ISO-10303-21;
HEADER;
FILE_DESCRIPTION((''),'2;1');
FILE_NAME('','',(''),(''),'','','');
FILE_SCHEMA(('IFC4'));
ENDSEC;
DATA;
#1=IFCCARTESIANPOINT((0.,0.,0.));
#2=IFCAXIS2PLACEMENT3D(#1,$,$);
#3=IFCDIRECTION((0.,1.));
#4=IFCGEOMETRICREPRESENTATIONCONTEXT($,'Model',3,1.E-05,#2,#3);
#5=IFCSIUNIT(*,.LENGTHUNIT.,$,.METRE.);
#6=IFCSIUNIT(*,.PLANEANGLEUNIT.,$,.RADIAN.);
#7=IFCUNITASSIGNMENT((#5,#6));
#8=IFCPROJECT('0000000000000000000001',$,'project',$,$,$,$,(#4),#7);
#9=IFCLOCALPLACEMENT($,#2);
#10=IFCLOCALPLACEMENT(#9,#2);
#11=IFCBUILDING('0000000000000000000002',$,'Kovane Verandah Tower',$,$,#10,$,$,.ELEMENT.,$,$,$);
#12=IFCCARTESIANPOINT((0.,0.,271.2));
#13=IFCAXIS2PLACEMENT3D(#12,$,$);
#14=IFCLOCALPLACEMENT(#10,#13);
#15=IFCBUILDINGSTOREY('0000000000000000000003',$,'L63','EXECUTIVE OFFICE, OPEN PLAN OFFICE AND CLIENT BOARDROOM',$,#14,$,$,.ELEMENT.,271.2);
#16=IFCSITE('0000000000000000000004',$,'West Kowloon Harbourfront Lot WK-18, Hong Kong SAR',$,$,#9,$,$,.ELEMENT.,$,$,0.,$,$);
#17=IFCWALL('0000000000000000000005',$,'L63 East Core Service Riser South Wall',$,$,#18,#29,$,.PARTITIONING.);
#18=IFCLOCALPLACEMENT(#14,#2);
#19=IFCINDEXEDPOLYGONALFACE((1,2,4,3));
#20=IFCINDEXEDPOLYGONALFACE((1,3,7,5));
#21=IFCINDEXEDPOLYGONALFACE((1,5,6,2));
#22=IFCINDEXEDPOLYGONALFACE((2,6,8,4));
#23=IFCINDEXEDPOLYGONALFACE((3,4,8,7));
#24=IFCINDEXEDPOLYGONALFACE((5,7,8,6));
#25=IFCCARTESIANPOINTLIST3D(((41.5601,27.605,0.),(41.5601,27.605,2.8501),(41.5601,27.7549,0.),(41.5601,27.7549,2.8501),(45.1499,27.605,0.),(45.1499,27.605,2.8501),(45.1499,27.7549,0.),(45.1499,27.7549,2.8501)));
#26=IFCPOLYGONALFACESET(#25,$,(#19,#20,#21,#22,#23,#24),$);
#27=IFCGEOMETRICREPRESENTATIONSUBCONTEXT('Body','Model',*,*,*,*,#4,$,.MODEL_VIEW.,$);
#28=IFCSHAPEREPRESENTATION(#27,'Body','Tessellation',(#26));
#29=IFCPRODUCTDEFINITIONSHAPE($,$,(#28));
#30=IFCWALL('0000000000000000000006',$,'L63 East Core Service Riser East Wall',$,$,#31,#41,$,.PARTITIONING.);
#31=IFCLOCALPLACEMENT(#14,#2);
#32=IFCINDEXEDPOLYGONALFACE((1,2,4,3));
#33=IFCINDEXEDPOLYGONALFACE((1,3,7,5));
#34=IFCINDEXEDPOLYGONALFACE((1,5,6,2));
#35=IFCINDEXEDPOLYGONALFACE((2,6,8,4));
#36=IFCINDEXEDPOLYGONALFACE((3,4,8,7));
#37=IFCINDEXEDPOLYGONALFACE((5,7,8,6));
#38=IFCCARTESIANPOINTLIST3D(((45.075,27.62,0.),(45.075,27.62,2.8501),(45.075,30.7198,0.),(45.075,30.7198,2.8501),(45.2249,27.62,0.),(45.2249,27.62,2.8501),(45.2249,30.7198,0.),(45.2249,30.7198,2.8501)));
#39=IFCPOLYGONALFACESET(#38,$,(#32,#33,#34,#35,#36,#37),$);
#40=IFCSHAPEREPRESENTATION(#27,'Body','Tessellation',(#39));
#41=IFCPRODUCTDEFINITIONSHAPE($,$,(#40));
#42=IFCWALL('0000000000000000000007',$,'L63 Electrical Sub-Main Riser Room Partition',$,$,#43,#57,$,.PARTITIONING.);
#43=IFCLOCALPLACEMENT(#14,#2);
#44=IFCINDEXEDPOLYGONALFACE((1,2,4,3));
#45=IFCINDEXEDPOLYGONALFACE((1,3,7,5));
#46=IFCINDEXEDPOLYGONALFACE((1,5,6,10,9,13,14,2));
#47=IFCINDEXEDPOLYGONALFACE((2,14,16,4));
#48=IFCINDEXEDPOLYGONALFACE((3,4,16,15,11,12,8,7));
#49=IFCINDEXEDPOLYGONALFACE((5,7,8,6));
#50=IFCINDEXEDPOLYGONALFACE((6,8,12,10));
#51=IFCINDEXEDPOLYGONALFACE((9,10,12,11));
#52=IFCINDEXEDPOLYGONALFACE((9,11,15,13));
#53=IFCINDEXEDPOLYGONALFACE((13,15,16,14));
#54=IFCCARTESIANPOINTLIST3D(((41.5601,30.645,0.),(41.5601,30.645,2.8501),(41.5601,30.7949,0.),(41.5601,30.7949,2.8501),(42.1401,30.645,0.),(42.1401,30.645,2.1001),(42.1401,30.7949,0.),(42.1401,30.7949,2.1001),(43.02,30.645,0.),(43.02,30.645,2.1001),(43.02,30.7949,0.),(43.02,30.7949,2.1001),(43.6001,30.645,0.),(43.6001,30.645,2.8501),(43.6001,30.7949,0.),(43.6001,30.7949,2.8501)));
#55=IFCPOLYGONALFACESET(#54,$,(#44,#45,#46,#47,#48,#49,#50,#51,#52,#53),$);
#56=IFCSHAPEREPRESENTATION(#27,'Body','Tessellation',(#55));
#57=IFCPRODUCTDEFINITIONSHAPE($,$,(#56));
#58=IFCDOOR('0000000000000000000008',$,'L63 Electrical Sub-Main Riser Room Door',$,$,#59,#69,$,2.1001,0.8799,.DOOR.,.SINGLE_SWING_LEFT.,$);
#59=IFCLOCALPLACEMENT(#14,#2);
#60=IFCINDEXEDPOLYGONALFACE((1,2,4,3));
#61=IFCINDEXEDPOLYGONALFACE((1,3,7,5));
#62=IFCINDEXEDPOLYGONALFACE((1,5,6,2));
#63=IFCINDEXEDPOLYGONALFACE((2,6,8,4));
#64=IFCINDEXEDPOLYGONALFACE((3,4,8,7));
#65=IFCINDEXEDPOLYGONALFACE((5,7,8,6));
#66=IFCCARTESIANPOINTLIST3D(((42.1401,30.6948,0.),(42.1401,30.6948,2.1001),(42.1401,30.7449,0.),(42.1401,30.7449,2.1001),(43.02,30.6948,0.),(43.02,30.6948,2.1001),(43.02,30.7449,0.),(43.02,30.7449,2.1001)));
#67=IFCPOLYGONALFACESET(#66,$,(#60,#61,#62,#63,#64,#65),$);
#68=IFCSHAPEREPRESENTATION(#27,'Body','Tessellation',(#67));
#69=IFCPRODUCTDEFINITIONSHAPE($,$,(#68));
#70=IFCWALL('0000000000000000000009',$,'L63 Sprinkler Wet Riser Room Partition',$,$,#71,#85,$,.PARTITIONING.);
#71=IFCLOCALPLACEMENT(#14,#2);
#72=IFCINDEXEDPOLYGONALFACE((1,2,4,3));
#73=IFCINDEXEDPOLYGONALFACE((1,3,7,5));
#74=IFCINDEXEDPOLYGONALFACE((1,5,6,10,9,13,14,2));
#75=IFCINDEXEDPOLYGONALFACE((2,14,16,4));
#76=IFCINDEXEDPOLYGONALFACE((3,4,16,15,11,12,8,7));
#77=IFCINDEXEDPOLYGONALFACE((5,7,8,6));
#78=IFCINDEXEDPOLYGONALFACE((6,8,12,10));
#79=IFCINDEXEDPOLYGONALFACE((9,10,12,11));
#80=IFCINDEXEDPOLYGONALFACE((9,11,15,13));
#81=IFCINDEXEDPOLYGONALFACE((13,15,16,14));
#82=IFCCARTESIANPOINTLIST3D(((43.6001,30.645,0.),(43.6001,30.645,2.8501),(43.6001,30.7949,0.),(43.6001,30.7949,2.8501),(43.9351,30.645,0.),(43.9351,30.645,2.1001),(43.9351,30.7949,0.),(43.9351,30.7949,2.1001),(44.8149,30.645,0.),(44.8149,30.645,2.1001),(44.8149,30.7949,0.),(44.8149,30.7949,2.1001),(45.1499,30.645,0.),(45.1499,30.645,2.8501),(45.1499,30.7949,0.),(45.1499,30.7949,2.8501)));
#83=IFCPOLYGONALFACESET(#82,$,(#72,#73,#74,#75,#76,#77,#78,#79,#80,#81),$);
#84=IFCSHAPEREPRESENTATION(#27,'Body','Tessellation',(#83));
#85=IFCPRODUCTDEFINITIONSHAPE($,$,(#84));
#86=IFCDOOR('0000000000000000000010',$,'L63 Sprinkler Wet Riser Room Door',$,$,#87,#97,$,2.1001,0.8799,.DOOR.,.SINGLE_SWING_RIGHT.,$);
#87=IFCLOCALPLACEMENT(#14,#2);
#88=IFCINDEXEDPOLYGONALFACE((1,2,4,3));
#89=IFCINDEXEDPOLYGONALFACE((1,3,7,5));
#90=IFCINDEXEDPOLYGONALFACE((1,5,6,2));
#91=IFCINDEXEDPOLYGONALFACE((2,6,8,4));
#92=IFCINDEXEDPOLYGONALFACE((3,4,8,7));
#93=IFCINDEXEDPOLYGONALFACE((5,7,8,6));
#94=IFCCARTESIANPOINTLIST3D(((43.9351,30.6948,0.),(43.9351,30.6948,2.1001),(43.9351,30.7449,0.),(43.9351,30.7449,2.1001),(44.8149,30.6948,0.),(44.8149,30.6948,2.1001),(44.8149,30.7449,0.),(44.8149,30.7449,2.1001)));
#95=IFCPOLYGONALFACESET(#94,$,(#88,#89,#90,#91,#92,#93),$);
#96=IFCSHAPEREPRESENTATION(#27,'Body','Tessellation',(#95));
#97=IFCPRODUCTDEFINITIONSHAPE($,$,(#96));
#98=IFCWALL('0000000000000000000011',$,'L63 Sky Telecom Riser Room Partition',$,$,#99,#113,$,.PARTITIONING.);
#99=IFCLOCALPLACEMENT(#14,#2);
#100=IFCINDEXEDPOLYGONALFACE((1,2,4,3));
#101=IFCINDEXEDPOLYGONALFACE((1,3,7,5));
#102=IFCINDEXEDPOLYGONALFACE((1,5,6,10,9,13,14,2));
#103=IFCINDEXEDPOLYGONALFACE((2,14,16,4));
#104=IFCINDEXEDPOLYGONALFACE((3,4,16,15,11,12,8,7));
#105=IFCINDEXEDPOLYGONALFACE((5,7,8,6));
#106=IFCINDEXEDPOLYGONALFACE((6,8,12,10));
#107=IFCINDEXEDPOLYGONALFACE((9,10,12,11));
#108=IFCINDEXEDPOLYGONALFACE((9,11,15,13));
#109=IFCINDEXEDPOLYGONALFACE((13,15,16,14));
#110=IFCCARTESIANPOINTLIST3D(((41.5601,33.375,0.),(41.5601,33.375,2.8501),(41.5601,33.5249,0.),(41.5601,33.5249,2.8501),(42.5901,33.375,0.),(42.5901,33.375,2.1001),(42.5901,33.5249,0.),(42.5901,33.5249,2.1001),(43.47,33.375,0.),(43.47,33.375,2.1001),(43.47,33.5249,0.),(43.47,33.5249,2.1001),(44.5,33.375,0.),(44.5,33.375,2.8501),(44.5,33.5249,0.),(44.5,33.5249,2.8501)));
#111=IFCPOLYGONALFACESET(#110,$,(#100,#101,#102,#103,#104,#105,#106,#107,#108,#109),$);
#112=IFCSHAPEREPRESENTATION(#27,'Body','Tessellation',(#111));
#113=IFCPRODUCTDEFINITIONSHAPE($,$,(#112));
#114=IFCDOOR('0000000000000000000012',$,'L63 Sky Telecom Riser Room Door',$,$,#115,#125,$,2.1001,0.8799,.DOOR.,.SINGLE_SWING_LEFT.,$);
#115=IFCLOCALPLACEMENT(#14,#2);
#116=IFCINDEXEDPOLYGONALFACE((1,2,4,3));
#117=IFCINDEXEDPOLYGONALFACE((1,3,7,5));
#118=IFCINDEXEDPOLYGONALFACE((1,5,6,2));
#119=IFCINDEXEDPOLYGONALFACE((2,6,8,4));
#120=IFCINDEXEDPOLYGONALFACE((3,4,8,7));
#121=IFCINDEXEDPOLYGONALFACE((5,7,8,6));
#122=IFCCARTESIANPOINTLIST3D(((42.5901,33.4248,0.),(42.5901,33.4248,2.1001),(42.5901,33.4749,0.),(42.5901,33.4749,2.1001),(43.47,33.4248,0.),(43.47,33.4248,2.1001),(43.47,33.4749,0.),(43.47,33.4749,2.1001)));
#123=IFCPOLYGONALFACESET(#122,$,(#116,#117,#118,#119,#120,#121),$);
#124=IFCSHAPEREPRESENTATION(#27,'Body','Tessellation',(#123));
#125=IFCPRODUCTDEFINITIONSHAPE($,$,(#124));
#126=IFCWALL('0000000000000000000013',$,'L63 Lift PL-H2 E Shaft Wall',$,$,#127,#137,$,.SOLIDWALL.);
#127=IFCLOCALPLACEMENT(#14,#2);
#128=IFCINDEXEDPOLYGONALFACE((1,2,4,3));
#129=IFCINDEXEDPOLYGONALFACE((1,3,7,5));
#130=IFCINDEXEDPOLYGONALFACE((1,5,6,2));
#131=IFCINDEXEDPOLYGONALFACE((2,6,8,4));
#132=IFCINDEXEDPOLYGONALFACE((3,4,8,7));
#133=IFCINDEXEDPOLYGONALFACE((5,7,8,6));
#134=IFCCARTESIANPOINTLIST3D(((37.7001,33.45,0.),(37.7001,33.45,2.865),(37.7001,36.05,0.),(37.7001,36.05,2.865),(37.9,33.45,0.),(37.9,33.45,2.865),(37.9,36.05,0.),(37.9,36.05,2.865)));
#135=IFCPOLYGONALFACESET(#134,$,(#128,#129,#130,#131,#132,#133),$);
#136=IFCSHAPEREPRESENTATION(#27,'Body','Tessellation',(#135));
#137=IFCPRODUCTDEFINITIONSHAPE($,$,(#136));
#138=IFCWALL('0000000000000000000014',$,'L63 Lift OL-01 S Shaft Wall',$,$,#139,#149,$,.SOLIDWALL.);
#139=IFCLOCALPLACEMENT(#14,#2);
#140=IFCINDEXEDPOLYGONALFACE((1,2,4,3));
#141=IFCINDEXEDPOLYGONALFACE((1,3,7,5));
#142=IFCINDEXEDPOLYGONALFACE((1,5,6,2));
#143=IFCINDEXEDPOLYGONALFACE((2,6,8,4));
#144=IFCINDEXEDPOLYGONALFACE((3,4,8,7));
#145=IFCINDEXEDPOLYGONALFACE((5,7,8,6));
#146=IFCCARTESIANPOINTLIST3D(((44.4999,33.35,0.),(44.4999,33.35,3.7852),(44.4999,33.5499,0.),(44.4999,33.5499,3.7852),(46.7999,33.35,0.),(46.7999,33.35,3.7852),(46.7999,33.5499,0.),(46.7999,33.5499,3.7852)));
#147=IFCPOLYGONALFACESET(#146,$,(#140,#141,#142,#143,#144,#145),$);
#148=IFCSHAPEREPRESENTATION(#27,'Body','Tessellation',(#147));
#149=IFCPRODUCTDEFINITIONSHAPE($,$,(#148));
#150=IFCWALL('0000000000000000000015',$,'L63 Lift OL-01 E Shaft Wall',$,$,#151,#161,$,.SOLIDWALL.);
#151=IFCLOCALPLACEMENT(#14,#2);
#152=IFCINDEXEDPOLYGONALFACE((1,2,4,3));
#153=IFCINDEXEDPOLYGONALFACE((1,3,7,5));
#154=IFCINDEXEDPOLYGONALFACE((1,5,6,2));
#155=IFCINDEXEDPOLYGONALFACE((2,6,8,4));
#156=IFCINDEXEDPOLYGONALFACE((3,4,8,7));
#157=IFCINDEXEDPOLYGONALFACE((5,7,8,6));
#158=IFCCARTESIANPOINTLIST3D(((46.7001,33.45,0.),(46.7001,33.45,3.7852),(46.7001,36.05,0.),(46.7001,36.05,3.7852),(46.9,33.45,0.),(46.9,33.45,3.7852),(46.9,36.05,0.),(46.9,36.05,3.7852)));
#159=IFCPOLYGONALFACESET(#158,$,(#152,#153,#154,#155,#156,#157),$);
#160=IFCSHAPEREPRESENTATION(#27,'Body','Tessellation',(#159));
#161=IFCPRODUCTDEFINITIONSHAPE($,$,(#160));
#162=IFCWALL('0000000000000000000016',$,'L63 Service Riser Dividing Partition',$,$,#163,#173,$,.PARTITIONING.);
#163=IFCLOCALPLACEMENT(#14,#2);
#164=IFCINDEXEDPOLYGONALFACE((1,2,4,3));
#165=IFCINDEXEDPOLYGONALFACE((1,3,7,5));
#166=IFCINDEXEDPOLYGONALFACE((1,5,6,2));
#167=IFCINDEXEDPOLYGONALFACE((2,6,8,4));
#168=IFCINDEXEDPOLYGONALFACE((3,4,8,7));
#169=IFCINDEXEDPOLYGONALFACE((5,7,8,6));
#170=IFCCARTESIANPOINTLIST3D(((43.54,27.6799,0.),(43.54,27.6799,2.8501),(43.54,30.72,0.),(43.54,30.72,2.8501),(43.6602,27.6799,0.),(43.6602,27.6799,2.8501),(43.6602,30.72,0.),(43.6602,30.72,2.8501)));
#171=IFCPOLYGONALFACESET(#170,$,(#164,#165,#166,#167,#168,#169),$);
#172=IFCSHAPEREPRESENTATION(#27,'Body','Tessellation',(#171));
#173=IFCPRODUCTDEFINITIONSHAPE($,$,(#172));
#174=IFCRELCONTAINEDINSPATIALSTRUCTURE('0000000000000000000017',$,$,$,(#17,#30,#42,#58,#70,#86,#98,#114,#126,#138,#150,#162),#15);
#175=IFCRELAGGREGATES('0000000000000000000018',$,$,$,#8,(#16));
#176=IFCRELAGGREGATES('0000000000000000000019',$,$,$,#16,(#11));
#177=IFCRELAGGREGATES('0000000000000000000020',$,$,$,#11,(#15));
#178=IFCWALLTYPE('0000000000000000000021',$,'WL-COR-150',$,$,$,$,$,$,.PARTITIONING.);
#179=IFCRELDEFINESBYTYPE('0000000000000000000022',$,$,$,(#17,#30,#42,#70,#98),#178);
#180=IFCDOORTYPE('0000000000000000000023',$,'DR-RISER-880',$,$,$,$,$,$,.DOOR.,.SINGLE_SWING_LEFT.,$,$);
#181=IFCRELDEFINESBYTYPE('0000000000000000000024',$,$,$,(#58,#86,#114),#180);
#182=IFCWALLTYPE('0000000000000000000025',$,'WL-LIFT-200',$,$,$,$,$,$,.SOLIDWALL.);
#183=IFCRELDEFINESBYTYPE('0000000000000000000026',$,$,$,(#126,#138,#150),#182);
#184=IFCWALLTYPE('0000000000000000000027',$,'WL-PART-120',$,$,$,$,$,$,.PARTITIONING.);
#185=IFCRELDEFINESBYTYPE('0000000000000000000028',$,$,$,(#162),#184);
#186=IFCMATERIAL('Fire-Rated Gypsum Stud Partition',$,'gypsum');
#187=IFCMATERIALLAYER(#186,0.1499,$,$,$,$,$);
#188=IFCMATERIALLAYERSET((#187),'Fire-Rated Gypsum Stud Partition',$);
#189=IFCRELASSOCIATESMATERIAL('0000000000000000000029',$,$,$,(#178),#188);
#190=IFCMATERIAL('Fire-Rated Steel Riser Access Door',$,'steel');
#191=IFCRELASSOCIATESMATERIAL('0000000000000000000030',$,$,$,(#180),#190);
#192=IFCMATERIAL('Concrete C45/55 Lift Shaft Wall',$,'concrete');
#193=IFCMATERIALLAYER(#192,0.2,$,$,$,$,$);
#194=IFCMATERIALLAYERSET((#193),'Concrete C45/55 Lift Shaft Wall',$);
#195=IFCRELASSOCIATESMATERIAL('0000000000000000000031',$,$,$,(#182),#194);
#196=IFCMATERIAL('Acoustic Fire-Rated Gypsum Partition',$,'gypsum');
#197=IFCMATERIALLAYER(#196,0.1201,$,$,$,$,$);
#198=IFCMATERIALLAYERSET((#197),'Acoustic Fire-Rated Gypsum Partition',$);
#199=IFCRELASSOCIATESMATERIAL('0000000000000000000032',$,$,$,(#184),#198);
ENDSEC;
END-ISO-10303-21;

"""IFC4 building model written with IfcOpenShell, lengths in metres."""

from ifc_helpers import new_model, si_unit, direction, frame, frame_2d, origin, place, context, subcontext, project, spatial, rectangle, extrude, material, layer, layer_set, type_object, element, fill, save


model = new_model("IFC4")

# Units and contexts
model_context = context("Model", 3, precision=1e-05, world=origin(), true_north=direction((0.0, 1.0)))
body_context = subcontext(model_context, "Body", "Model", "MODEL_VIEW")
ifc_project = project(units=[si_unit("LENGTHUNIT", "METRE"), si_unit("PLANEANGLEUNIT", "RADIAN")], contexts=[model_context])

# Site, building, storey
site_placement = place(None, origin())
site = spatial("IfcSite", under=ifc_project, at=site_placement, Name="West Kowloon Harbourfront Lot WK-18, Hong Kong SAR", CompositionType="ELEMENT", RefElevation=0.0)
building_placement = place(site_placement, origin())
building = spatial("IfcBuilding", under=site, at=building_placement, Name="Kovane Verandah Tower", CompositionType="ELEMENT")
storey_placement = place(building_placement, frame((0.0, 0.0, 271.2)))
storey = spatial("IfcBuildingStorey", under=building, at=storey_placement, Name="L63", Description="EXECUTIVE OFFICE, OPEN PLAN OFFICE AND CLIENT BOARDROOM", CompositionType="ELEMENT", Elevation=271.2)

# Walls
ifc_material_1 = material(Name="Fire-Rated Gypsum Stud Partition", Category="gypsum")
ifc_layer_1 = layer(ifc_material_1, 0.1499)
ifc_layer_set_1 = layer_set([ifc_layer_1], Name="Fire-Rated Gypsum Stud Partition")
wall_type_1 = type_object("IfcWallType", Name="WL-COR-150", PredefinedType="PARTITIONING", material=ifc_layer_set_1)
wall_1_placement = place(storey_placement, frame((41.5601, 27.6799, 0.0), z_axis=(0.0, 0.0, 1.0), x_axis=(1.0, 0.0, 0.0)))
element("IfcWall", 1, at=wall_1_placement, inside=storey, type_object=wall_type_1, Name="L63 East Core Service Riser South Wall", PredefinedType="PARTITIONING", context=body_context, shape_type="SweptSolid", body=[
    extrude(rectangle(XDim=3.5898, YDim=0.1499, at=frame_2d((1.7949, 0.0))), origin(), (0.0, 0.0, 1.0), 2.8501),
])
wall_2_placement = place(storey_placement, frame((45.1499, 27.6201, 0.0), z_axis=(0.0, 0.0, 1.0), x_axis=(0.0, 1.0, 0.0)))
element("IfcWall", 2, at=wall_2_placement, inside=storey, type_object=wall_type_1, Name="L63 East Core Service Riser East Wall", PredefinedType="PARTITIONING", context=body_context, shape_type="SweptSolid", body=[
    extrude(rectangle(XDim=3.0999, YDim=0.1499, at=frame_2d((1.5498, 0.0))), origin(), (0.0, 0.0, 1.0), 2.8501),
])

# Walls, openings, doors
wall_3_placement = place(storey_placement, frame((41.5601, 30.72, 0.0), z_axis=(0.0, 0.0, 1.0), x_axis=(1.0, 0.0, 0.0)))
wall_3 = element("IfcWall", 3, at=wall_3_placement, inside=storey, type_object=wall_type_1, Name="L63 Electrical Sub-Main Riser Room Partition", PredefinedType="PARTITIONING", context=body_context, shape_type="SweptSolid", body=[
    extrude(rectangle(XDim=2.04, YDim=0.1499, at=frame_2d((1.02, 0.0))), origin(), (0.0, 0.0, 1.0), 2.8501),
])
opening_1_placement = place(wall_3_placement, frame((0.5801, 0.0, 0.0)))
opening_1 = element("IfcOpeningElement", 4, at=opening_1_placement, cuts=wall_3, PredefinedType="OPENING", context=body_context, shape_type="SweptSolid", body=[
    extrude(rectangle(XDim=0.8799, YDim=2.1001, at=frame_2d((0.4399, 1.05))), frame((0.0, 0.075, 0.0), z_axis=(0.0, -1.0, 0.0), x_axis=(1.0, 0.0, 0.0)), (0.0, 0.0, 1.0), 0.1499),
])
ifc_material_2 = material(Name="Fire-Rated Steel Riser Access Door", Category="steel")
door_type_1 = type_object("IfcDoorType", Name="DR-RISER-880", OperationType="SINGLE_SWING_LEFT", PredefinedType="DOOR", material=ifc_material_2)
door_1_placement = place(opening_1_placement, origin())
door_1 = element("IfcDoor", 5, at=door_1_placement, inside=storey, type_object=door_type_1, Name="L63 Electrical Sub-Main Riser Room Door", OperationType="SINGLE_SWING_LEFT", OverallHeight=2.1001, OverallWidth=0.8799, PredefinedType="DOOR", context=body_context, shape_type="SweptSolid", body=[
    extrude(rectangle(XDim=0.8799, YDim=2.1001, at=frame_2d((0.4399, 1.05))), frame((0.0, 0.0249, 0.0), z_axis=(0.0, -1.0, 0.0), x_axis=(1.0, 0.0, 0.0)), (0.0, 0.0, 1.0), 0.05),
])
fill(opening_1, door_1)
wall_4_placement = place(storey_placement, frame((43.6001, 30.72, 0.0), z_axis=(0.0, 0.0, 1.0), x_axis=(1.0, 0.0, 0.0)))
wall_4 = element("IfcWall", 6, at=wall_4_placement, inside=storey, type_object=wall_type_1, Name="L63 Sprinkler Wet Riser Room Partition", PredefinedType="PARTITIONING", context=body_context, shape_type="SweptSolid", body=[
    extrude(rectangle(XDim=1.5498, YDim=0.1499, at=frame_2d((0.7749, 0.0))), origin(), (0.0, 0.0, 1.0), 2.8501),
])
opening_2_placement = place(wall_4_placement, frame((0.335, 0.0, 0.0)))
opening_2 = element("IfcOpeningElement", 7, at=opening_2_placement, cuts=wall_4, PredefinedType="OPENING", context=body_context, shape_type="SweptSolid", body=[
    extrude(rectangle(XDim=0.8799, YDim=2.1001, at=frame_2d((0.4399, 1.05))), frame((0.0, 0.075, 0.0), z_axis=(0.0, -1.0, 0.0), x_axis=(1.0, 0.0, 0.0)), (0.0, 0.0, 1.0), 0.1499),
])
door_2_placement = place(opening_2_placement, origin())
door_2 = element("IfcDoor", 8, at=door_2_placement, inside=storey, type_object=door_type_1, Name="L63 Sprinkler Wet Riser Room Door", OperationType="SINGLE_SWING_RIGHT", OverallHeight=2.1001, OverallWidth=0.8799, PredefinedType="DOOR", context=body_context, shape_type="SweptSolid", body=[
    extrude(rectangle(XDim=0.8799, YDim=2.1001, at=frame_2d((0.4399, 1.05))), frame((0.0, 0.0249, 0.0), z_axis=(0.0, -1.0, 0.0), x_axis=(1.0, 0.0, 0.0)), (0.0, 0.0, 1.0), 0.05),
])
fill(opening_2, door_2)
wall_5_placement = place(storey_placement, frame((41.5601, 33.45, 0.0), z_axis=(0.0, 0.0, 1.0), x_axis=(1.0, 0.0, 0.0)))
wall_5 = element("IfcWall", 9, at=wall_5_placement, inside=storey, type_object=wall_type_1, Name="L63 Sky Telecom Riser Room Partition", PredefinedType="PARTITIONING", context=body_context, shape_type="SweptSolid", body=[
    extrude(rectangle(XDim=2.9399, YDim=0.1499, at=frame_2d((1.47, 0.0))), origin(), (0.0, 0.0, 1.0), 2.8501),
])
opening_3_placement = place(wall_5_placement, frame((1.03, 0.0, 0.0)))
opening_3 = element("IfcOpeningElement", 10, at=opening_3_placement, cuts=wall_5, PredefinedType="OPENING", context=body_context, shape_type="SweptSolid", body=[
    extrude(rectangle(XDim=0.8799, YDim=2.1001, at=frame_2d((0.4399, 1.05))), frame((0.0, 0.075, 0.0), z_axis=(0.0, -1.0, 0.0), x_axis=(1.0, 0.0, 0.0)), (0.0, 0.0, 1.0), 0.1499),
])
door_3_placement = place(opening_3_placement, origin())
door_3 = element("IfcDoor", 11, at=door_3_placement, inside=storey, type_object=door_type_1, Name="L63 Sky Telecom Riser Room Door", OperationType="SINGLE_SWING_LEFT", OverallHeight=2.1001, OverallWidth=0.8799, PredefinedType="DOOR", context=body_context, shape_type="SweptSolid", body=[
    extrude(rectangle(XDim=0.8799, YDim=2.1001, at=frame_2d((0.4399, 1.05))), frame((0.0, 0.0249, 0.0), z_axis=(0.0, -1.0, 0.0), x_axis=(1.0, 0.0, 0.0)), (0.0, 0.0, 1.0), 0.05),
])
fill(opening_3, door_3)

# Walls
ifc_material_3 = material(Name="Concrete C45/55 Lift Shaft Wall", Category="concrete")
ifc_layer_2 = layer(ifc_material_3, 0.2)
ifc_layer_set_2 = layer_set([ifc_layer_2], Name="Concrete C45/55 Lift Shaft Wall")
wall_type_2 = type_object("IfcWallType", Name="WL-LIFT-200", PredefinedType="SOLIDWALL", material=ifc_layer_set_2)
wall_6_placement = place(storey_placement, frame((37.8, 33.45, 0.0), z_axis=(0.0, 0.0, 1.0), x_axis=(0.0, 1.0, 0.0)))
element("IfcWall", 12, at=wall_6_placement, inside=storey, type_object=wall_type_2, Name="L63 Lift PL-H2 E Shaft Wall", PredefinedType="SOLIDWALL", context=body_context, shape_type="SweptSolid", body=[
    extrude(rectangle(XDim=2.6001, YDim=0.2, at=frame_2d((1.3, 0.0))), origin(), (0.0, 0.0, 1.0), 2.865),
])
wall_7_placement = place(storey_placement, frame((44.5, 33.45, 0.0), z_axis=(0.0, 0.0, 1.0), x_axis=(1.0, 0.0, 0.0)))
element("IfcWall", 13, at=wall_7_placement, inside=storey, type_object=wall_type_2, Name="L63 Lift OL-01 S Shaft Wall", PredefinedType="SOLIDWALL", context=body_context, shape_type="SweptSolid", body=[
    extrude(rectangle(XDim=2.3, YDim=0.2, at=frame_2d((1.1499, 0.0))), origin(), (0.0, 0.0, 1.0), 3.7852),
])
wall_8_placement = place(storey_placement, frame((46.8, 33.45, 0.0), z_axis=(0.0, 0.0, 1.0), x_axis=(0.0, 1.0, 0.0)))
element("IfcWall", 14, at=wall_8_placement, inside=storey, type_object=wall_type_2, Name="L63 Lift OL-01 E Shaft Wall", PredefinedType="SOLIDWALL", context=body_context, shape_type="SweptSolid", body=[
    extrude(rectangle(XDim=2.6001, YDim=0.2, at=frame_2d((1.3, 0.0))), origin(), (0.0, 0.0, 1.0), 3.7852),
])
ifc_material_4 = material(Name="Acoustic Fire-Rated Gypsum Partition", Category="gypsum")
ifc_layer_3 = layer(ifc_material_4, 0.1201)
ifc_layer_set_3 = layer_set([ifc_layer_3], Name="Acoustic Fire-Rated Gypsum Partition")
wall_type_3 = type_object("IfcWallType", Name="WL-PART-120", PredefinedType="PARTITIONING", material=ifc_layer_set_3)
wall_9_placement = place(storey_placement, frame((43.6001, 27.6799, 0.0), z_axis=(0.0, 0.0, 1.0), x_axis=(0.0, 1.0, 0.0)))
element("IfcWall", 15, at=wall_9_placement, inside=storey, type_object=wall_type_3, Name="L63 Service Riser Dividing Partition", PredefinedType="PARTITIONING", context=body_context, shape_type="SweptSolid", body=[
    extrude(rectangle(XDim=3.04, YDim=0.1201, at=frame_2d((1.52, 0.0))), origin(), (0.0, 0.0, 1.0), 2.8501),
])

save(model, "model.ifc")
